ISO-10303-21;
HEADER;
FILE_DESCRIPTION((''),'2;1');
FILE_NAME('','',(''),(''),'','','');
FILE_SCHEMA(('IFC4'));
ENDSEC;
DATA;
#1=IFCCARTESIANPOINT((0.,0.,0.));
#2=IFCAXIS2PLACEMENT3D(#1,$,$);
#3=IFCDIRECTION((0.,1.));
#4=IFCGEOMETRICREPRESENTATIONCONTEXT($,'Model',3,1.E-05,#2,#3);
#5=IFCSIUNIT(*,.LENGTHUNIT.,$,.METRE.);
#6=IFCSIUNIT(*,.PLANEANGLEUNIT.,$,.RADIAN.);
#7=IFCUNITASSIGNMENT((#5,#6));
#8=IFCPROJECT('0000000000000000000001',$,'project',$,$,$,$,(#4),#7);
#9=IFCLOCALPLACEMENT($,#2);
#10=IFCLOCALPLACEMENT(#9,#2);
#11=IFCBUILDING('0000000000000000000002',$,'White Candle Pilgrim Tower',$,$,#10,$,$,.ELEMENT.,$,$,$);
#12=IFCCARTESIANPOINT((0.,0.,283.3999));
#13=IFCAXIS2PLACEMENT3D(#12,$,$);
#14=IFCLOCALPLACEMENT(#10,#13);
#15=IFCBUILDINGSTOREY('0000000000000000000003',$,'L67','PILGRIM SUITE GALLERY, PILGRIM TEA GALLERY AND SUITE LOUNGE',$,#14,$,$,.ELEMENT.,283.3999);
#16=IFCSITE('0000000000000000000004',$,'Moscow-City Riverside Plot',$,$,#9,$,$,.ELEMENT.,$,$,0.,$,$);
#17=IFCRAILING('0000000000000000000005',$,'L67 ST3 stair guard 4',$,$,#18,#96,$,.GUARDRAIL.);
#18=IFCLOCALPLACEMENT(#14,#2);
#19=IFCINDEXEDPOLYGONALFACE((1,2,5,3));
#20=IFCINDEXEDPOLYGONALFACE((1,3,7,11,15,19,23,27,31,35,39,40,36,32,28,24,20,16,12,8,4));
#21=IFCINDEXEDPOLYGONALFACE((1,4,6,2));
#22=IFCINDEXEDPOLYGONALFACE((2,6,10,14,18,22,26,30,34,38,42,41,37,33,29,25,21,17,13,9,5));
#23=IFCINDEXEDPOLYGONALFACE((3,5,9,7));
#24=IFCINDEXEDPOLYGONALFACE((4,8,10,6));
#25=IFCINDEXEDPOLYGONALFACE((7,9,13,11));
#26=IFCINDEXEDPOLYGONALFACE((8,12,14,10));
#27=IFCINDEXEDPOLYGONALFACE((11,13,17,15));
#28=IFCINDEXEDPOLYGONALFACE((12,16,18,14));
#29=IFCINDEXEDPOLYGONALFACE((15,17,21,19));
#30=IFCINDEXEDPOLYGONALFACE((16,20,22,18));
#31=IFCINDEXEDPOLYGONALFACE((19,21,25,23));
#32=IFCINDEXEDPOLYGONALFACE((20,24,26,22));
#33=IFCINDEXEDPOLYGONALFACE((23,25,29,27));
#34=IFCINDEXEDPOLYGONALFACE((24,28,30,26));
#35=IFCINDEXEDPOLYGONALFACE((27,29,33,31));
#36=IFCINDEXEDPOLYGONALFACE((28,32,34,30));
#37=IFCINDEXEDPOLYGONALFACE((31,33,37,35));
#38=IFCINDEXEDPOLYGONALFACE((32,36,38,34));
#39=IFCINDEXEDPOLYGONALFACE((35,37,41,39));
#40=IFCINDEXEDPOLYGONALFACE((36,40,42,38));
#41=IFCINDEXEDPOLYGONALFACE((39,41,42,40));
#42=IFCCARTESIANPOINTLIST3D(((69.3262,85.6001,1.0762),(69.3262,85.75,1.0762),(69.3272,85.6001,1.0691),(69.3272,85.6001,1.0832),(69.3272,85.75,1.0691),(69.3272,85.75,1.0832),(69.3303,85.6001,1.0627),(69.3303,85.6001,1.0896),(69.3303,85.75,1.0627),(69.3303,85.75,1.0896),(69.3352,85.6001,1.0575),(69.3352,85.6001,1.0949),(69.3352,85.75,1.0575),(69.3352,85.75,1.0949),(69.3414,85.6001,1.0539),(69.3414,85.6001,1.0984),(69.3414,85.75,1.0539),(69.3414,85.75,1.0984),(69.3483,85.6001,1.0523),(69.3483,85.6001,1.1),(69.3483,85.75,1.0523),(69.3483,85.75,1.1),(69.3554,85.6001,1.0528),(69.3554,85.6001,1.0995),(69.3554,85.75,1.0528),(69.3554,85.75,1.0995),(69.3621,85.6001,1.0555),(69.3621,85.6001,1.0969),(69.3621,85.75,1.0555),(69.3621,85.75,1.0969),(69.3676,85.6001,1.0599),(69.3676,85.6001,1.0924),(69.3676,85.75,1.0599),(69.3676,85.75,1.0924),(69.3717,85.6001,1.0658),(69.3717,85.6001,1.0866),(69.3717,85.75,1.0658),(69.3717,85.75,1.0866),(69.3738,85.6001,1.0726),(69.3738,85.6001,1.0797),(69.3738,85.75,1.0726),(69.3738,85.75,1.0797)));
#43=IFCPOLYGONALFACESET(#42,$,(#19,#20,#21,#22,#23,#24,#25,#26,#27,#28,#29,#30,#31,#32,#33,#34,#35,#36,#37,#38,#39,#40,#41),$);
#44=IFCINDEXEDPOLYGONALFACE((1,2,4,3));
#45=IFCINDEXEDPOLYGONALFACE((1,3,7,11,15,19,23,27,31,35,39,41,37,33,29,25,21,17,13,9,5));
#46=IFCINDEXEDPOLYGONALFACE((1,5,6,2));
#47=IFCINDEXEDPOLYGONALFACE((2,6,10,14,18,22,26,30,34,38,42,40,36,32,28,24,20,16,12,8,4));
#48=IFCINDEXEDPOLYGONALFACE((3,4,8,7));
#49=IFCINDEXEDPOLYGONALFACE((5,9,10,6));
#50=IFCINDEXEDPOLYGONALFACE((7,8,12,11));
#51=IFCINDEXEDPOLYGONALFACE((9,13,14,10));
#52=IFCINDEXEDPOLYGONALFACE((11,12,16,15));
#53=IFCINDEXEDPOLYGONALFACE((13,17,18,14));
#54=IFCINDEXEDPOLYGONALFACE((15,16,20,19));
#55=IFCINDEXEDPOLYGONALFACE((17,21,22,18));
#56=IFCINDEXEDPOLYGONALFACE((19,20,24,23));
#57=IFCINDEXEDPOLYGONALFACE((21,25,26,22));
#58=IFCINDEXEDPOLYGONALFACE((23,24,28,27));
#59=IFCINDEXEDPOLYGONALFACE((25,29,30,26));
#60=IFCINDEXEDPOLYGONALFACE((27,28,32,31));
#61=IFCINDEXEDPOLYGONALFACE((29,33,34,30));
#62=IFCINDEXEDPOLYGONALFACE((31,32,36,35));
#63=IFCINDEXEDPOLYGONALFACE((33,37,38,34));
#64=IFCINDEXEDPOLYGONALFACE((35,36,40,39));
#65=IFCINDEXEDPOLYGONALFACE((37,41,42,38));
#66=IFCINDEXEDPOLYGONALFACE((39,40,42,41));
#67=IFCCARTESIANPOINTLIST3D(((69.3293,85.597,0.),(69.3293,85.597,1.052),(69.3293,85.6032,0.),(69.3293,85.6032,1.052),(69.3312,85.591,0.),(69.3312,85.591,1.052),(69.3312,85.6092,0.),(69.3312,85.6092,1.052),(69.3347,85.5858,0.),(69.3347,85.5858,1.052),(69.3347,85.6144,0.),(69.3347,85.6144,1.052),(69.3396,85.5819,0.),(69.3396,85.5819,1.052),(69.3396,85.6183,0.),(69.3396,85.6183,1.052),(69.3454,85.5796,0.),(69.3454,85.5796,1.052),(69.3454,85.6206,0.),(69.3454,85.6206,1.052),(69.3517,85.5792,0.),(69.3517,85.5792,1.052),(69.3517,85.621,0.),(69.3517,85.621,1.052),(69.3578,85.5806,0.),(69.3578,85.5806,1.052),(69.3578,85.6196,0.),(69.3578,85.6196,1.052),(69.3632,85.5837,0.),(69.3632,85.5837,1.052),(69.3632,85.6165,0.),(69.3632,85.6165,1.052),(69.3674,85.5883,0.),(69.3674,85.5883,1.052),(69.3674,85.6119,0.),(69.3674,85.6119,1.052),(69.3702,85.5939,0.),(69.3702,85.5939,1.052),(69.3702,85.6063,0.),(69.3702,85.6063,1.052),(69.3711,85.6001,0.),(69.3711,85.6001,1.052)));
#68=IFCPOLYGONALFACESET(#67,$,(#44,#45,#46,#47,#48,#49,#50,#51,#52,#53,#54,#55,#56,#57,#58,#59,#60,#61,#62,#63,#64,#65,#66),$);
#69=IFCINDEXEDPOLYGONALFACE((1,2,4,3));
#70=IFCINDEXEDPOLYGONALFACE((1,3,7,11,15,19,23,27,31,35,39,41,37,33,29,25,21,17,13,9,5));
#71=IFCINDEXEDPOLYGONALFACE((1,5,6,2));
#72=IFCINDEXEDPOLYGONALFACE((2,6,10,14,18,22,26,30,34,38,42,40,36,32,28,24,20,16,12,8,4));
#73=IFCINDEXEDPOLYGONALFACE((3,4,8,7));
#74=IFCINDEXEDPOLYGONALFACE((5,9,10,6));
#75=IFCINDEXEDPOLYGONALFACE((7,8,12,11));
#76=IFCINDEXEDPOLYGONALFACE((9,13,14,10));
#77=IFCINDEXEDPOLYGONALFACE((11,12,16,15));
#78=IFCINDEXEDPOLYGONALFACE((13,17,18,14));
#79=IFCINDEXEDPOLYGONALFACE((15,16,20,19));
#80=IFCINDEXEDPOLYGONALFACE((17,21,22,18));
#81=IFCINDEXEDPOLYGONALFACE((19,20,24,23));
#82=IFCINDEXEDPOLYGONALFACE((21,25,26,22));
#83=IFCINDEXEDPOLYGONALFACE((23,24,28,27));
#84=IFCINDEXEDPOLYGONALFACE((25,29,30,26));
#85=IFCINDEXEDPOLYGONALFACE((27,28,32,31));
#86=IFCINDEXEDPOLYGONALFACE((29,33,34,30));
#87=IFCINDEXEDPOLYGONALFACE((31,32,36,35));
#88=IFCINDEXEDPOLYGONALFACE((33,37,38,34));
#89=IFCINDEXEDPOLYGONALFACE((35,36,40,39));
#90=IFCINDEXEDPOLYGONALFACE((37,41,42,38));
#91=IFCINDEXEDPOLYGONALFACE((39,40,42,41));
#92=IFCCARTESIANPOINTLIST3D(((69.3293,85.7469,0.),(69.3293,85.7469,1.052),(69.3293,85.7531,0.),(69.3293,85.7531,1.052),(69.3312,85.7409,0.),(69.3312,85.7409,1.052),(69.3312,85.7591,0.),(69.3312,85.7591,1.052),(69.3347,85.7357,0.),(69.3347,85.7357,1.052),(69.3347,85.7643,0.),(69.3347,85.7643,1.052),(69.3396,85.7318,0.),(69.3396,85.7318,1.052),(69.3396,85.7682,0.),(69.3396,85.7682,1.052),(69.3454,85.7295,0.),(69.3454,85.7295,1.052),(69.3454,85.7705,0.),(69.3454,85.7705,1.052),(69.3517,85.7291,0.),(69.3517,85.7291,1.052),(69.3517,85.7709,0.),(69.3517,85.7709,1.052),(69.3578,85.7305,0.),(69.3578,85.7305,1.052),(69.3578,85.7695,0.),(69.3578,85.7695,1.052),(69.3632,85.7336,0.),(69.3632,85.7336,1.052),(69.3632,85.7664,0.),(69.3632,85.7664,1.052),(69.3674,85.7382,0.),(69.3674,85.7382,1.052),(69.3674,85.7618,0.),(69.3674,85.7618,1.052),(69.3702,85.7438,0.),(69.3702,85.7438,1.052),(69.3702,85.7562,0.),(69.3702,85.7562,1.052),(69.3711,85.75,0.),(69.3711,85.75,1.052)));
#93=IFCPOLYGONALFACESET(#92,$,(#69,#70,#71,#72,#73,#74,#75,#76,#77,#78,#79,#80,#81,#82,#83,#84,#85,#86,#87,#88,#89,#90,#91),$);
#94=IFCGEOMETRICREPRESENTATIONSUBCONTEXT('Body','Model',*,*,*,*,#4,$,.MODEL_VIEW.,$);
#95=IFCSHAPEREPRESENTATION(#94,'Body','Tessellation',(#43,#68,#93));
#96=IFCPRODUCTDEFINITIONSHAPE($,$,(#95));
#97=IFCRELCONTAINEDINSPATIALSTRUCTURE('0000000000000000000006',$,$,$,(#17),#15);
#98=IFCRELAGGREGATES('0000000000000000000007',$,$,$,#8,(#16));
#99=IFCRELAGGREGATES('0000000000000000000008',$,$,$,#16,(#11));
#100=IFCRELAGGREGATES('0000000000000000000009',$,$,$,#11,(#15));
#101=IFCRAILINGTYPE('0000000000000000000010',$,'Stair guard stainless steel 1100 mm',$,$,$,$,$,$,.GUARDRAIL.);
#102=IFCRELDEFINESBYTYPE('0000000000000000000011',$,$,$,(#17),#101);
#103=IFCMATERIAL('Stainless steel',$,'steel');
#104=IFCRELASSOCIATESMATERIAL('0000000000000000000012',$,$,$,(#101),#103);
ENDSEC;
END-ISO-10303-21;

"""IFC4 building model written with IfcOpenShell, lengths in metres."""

from ifc_helpers import new_model, si_unit, direction, frame, origin, origin_2d, place, context, subcontext, project, spatial, circle, extrude, material, type_object, element, save


model = new_model("IFC4")

# Units and contexts
model_context = context("Model", 3, precision=1e-05, world=origin(), true_north=direction((0.0, 1.0)))
body_context = subcontext(model_context, "Body", "Model", "MODEL_VIEW")
ifc_project = project(units=[si_unit("LENGTHUNIT", "METRE"), si_unit("PLANEANGLEUNIT", "RADIAN")], contexts=[model_context])

# Site, building, storey
site_placement = place(None, origin())
site = spatial("IfcSite", under=ifc_project, at=site_placement, Name="Moscow-City Riverside Plot", CompositionType="ELEMENT", RefElevation=0.0)
building_placement = place(site_placement, origin())
building = spatial("IfcBuilding", under=site, at=building_placement, Name="White Candle Pilgrim Tower", CompositionType="ELEMENT")
storey_placement = place(building_placement, frame((0.0, 0.0, 283.3999)))
storey = spatial("IfcBuildingStorey", under=building, at=storey_placement, Name="L67", Description="PILGRIM SUITE GALLERY, PILGRIM TEA GALLERY AND SUITE LOUNGE", CompositionType="ELEMENT", Elevation=283.3999)

# Railing
ifc_material_1 = material(Name="Stainless steel", Category="steel")
railing_type_1 = type_object("IfcRailingType", Name="Stair guard stainless steel 1100 mm", PredefinedType="GUARDRAIL", material=ifc_material_1)
railing_1_placement = place(storey_placement, frame((69.3501, 85.6001, 0.0)))
element("IfcRailing", 1, at=railing_1_placement, inside=storey, type_object=railing_type_1, Name="L67 ST3 stair guard 4", PredefinedType="GUARDRAIL", context=body_context, shape_type="SweptSolid", body=[
    extrude(circle(Radius=0.0239, at=origin_2d()), frame((0.0, 0.0, 1.0762), z_axis=(0.0, 1.0, 0.0), x_axis=(-1.0, 0.0, 0.0)), (0.0, 0.0, 1.0), 0.1499),
    extrude(circle(Radius=0.021, at=origin_2d()), origin(), (0.0, 0.0, 1.0), 1.052),
    extrude(circle(Radius=0.021, at=origin_2d()), frame((0.0, 0.1499, 0.0)), (0.0, 0.0, 1.0), 1.052),
])

save(model, "model.ifc")
